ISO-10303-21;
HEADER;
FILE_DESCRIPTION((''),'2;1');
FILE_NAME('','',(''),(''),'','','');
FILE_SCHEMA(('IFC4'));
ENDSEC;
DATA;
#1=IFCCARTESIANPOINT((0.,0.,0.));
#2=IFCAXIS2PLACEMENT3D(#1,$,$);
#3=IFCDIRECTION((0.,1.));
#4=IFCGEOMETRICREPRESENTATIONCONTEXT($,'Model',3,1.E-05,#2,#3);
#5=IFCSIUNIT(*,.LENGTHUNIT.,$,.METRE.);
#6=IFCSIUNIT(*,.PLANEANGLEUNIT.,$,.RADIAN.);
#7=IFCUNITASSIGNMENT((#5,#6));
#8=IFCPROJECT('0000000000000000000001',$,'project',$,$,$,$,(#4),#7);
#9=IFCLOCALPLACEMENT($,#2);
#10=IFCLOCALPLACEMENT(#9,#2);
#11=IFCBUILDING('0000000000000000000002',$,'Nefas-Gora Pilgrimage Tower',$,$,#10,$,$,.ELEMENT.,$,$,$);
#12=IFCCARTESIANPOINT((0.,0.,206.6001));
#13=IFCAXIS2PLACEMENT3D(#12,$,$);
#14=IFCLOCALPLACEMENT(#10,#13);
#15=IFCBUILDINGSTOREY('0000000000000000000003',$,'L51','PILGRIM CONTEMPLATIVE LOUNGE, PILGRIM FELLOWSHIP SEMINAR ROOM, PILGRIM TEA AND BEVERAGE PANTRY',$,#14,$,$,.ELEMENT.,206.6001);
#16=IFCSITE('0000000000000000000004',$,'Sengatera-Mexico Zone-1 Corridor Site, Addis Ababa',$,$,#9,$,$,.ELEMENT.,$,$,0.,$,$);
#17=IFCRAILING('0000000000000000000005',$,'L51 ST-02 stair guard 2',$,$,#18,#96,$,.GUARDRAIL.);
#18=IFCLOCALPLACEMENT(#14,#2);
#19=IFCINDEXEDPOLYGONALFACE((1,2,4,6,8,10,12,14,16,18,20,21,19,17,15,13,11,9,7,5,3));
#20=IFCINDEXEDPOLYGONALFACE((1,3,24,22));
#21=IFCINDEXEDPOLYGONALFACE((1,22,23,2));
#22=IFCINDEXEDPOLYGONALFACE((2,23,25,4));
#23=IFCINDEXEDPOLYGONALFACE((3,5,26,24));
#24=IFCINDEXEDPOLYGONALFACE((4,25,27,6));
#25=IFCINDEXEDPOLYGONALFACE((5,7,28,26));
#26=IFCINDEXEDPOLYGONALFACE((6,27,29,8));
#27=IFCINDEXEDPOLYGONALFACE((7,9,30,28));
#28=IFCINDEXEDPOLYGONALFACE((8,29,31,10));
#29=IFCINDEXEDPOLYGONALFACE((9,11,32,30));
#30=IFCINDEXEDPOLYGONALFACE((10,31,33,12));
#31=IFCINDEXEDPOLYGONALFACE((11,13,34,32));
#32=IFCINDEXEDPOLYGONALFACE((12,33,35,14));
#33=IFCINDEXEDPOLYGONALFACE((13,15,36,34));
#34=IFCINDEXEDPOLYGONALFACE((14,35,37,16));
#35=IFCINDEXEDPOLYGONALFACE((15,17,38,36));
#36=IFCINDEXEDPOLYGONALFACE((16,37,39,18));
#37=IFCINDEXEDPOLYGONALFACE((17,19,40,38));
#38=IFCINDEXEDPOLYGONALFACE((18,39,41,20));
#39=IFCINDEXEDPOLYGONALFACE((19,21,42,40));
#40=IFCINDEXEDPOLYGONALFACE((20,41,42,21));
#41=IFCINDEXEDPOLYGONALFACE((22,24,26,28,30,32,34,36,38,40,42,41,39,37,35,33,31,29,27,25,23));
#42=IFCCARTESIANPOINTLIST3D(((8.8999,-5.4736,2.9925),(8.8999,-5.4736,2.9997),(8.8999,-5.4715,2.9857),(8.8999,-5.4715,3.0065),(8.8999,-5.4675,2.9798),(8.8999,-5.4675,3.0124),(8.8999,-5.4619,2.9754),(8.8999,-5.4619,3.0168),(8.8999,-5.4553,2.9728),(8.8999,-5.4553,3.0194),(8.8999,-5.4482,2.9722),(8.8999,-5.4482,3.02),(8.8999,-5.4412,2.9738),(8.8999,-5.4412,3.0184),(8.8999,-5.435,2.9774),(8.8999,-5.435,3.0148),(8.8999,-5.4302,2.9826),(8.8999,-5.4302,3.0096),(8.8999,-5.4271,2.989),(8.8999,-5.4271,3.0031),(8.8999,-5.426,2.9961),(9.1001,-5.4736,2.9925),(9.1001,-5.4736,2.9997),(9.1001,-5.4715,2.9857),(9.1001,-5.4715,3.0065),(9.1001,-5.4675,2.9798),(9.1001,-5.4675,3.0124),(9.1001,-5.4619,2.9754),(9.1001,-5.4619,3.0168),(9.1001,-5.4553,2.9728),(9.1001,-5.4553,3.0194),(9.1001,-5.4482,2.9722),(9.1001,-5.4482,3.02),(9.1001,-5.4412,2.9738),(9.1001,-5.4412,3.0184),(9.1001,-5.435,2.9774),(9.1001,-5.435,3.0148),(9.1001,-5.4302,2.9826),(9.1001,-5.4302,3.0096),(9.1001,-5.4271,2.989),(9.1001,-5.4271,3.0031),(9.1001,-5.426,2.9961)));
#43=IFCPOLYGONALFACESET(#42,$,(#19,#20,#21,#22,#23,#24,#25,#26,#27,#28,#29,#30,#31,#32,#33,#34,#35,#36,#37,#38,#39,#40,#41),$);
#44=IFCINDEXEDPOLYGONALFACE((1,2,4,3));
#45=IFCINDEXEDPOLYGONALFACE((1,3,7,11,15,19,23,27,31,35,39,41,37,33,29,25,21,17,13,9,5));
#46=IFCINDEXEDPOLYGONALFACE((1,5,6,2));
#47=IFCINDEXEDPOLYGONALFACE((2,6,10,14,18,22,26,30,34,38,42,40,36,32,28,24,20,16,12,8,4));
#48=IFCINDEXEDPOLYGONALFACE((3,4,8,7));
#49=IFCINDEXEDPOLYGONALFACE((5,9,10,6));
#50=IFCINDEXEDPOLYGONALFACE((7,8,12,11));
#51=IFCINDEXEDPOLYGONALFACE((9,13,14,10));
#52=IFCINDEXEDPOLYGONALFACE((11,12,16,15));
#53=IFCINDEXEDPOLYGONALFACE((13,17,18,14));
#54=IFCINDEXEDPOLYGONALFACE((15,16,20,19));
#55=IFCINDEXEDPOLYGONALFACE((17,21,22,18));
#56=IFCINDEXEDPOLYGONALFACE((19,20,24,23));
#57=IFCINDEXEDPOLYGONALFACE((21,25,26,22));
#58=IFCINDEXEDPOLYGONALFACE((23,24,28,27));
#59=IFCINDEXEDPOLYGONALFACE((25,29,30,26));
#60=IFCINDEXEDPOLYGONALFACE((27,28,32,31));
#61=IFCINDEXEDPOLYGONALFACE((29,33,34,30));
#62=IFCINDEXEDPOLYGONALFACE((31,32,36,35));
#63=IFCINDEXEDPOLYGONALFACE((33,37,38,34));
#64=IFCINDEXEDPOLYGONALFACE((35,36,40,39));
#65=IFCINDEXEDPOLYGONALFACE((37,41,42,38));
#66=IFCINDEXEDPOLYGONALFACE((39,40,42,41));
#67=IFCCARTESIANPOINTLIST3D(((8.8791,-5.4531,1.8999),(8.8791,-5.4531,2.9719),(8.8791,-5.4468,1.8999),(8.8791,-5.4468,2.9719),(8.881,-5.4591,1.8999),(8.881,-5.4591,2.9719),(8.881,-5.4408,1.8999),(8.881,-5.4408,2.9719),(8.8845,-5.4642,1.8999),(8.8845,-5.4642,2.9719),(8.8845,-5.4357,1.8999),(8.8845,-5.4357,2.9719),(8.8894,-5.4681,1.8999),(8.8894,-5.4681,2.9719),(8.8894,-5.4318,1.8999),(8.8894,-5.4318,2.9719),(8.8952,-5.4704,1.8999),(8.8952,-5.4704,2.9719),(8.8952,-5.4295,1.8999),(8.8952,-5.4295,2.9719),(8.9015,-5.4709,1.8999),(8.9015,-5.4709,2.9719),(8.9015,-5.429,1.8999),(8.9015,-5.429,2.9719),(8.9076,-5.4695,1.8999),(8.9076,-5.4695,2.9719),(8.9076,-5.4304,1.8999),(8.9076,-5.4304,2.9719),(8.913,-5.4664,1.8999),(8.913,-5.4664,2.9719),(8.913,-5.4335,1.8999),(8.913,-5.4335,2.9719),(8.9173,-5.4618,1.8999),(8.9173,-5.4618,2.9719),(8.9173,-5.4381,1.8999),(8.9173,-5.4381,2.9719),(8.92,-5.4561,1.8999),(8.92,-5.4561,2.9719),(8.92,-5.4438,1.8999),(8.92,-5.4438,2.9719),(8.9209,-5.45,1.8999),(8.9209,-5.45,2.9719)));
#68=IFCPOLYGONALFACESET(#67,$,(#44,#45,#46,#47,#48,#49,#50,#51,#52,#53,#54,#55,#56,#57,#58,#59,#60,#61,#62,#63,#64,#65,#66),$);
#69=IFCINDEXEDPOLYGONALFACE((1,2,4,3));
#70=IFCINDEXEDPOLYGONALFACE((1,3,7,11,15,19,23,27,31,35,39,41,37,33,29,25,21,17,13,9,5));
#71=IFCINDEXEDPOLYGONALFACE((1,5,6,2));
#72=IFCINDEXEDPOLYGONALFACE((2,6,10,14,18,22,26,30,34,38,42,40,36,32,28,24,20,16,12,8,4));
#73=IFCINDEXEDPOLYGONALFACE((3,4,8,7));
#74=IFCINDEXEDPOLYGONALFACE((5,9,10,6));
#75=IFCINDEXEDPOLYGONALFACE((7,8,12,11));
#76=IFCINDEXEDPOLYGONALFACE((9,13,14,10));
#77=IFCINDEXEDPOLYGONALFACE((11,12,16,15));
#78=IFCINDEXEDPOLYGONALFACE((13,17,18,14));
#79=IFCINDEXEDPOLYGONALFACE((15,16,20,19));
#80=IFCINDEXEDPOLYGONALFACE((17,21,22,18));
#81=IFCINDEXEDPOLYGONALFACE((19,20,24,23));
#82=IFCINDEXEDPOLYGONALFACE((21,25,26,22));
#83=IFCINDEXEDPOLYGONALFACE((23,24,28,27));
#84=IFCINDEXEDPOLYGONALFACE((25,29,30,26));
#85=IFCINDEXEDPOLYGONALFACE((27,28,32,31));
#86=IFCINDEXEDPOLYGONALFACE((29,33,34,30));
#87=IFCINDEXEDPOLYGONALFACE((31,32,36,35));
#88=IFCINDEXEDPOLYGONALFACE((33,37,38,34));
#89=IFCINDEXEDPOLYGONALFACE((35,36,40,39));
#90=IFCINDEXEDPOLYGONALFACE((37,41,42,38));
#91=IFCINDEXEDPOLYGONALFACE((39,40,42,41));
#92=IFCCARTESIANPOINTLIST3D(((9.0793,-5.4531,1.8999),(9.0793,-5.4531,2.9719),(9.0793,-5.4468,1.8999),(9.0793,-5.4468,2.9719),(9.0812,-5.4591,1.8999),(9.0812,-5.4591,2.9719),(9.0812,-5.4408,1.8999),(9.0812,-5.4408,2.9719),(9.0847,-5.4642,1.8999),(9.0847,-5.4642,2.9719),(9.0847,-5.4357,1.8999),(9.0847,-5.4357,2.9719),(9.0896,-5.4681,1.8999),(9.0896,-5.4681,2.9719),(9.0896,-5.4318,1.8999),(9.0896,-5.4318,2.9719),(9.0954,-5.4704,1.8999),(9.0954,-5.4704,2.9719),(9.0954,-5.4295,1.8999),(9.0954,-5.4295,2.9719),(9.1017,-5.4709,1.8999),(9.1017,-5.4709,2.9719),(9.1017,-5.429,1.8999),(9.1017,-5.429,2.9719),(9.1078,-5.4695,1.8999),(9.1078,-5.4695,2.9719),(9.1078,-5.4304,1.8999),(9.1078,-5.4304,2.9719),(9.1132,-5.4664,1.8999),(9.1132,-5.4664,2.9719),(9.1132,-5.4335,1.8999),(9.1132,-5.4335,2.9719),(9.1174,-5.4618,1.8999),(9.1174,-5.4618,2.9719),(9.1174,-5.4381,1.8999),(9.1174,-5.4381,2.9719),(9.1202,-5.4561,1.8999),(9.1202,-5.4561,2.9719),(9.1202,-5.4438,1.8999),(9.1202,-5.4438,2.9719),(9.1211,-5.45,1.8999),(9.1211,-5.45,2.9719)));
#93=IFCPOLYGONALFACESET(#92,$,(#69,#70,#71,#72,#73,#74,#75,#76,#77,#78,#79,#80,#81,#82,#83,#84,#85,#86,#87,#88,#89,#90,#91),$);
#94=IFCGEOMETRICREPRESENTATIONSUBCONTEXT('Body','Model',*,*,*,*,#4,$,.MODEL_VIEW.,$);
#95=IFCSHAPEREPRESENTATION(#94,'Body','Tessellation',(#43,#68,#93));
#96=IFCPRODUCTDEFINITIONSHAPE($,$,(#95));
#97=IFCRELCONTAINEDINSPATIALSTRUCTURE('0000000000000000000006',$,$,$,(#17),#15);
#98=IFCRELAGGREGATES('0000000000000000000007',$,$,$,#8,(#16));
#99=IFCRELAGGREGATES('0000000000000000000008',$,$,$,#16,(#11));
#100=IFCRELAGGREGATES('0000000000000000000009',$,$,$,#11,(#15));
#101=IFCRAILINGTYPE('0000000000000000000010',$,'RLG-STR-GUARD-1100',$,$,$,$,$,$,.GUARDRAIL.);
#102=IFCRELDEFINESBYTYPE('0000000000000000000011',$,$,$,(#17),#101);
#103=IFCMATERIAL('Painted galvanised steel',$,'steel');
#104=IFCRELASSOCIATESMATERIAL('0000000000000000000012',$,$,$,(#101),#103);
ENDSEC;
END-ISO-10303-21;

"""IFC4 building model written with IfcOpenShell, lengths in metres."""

from ifc_helpers import new_model, si_unit, direction, frame, origin, origin_2d, place, context, subcontext, project, spatial, circle, extrude, material, type_object, element, save


model = new_model("IFC4")

# Units and contexts
model_context = context("Model", 3, precision=1e-05, world=origin(), true_north=direction((0.0, 1.0)))
body_context = subcontext(model_context, "Body", "Model", "MODEL_VIEW")
ifc_project = project(units=[si_unit("LENGTHUNIT", "METRE"), si_unit("PLANEANGLEUNIT", "RADIAN")], contexts=[model_context])

# Site, building, storey
site_placement = place(None, origin())
site = spatial("IfcSite", under=ifc_project, at=site_placement, Name="Sengatera-Mexico Zone-1 Corridor Site, Addis Ababa", CompositionType="ELEMENT", RefElevation=0.0)
building_placement = place(site_placement, origin())
building = spatial("IfcBuilding", under=site, at=building_placement, Name="Nefas-Gora Pilgrimage Tower", CompositionType="ELEMENT")
storey_placement = place(building_placement, frame((0.0, 0.0, 206.6001)))
storey = spatial("IfcBuildingStorey", under=building, at=storey_placement, Name="L51", Description="PILGRIM CONTEMPLATIVE LOUNGE, PILGRIM FELLOWSHIP SEMINAR ROOM, PILGRIM TEA AND BEVERAGE PANTRY", CompositionType="ELEMENT", Elevation=206.6001)

# Railing
ifc_material_1 = material(Name="Painted galvanised steel", Category="steel")
railing_type_1 = type_object("IfcRailingType", Name="RLG-STR-GUARD-1100", PredefinedType="GUARDRAIL", material=ifc_material_1)
railing_1_placement = place(storey_placement, frame((8.8999, -5.45, 1.8999)))
element("IfcRailing", 1, at=railing_1_placement, inside=storey, type_object=railing_type_1, Name="L51 ST-02 stair guard 2", PredefinedType="GUARDRAIL", context=body_context, shape_type="SweptSolid", body=[
    extrude(circle(Radius=0.0239, at=origin_2d()), frame((0.0, 0.0, 1.0962), z_axis=(1.0, 0.0, 0.0), x_axis=(0.0, 1.0, 0.0)), (0.0, 0.0, 1.0), 0.2002),
    extrude(circle(Radius=0.021, at=origin_2d()), origin(), (0.0, 0.0, 1.0), 1.072),
    extrude(circle(Radius=0.021, at=origin_2d()), frame((0.2002, 0.0, 0.0)), (0.0, 0.0, 1.0), 1.072),
])

save(model, "model.ifc")
